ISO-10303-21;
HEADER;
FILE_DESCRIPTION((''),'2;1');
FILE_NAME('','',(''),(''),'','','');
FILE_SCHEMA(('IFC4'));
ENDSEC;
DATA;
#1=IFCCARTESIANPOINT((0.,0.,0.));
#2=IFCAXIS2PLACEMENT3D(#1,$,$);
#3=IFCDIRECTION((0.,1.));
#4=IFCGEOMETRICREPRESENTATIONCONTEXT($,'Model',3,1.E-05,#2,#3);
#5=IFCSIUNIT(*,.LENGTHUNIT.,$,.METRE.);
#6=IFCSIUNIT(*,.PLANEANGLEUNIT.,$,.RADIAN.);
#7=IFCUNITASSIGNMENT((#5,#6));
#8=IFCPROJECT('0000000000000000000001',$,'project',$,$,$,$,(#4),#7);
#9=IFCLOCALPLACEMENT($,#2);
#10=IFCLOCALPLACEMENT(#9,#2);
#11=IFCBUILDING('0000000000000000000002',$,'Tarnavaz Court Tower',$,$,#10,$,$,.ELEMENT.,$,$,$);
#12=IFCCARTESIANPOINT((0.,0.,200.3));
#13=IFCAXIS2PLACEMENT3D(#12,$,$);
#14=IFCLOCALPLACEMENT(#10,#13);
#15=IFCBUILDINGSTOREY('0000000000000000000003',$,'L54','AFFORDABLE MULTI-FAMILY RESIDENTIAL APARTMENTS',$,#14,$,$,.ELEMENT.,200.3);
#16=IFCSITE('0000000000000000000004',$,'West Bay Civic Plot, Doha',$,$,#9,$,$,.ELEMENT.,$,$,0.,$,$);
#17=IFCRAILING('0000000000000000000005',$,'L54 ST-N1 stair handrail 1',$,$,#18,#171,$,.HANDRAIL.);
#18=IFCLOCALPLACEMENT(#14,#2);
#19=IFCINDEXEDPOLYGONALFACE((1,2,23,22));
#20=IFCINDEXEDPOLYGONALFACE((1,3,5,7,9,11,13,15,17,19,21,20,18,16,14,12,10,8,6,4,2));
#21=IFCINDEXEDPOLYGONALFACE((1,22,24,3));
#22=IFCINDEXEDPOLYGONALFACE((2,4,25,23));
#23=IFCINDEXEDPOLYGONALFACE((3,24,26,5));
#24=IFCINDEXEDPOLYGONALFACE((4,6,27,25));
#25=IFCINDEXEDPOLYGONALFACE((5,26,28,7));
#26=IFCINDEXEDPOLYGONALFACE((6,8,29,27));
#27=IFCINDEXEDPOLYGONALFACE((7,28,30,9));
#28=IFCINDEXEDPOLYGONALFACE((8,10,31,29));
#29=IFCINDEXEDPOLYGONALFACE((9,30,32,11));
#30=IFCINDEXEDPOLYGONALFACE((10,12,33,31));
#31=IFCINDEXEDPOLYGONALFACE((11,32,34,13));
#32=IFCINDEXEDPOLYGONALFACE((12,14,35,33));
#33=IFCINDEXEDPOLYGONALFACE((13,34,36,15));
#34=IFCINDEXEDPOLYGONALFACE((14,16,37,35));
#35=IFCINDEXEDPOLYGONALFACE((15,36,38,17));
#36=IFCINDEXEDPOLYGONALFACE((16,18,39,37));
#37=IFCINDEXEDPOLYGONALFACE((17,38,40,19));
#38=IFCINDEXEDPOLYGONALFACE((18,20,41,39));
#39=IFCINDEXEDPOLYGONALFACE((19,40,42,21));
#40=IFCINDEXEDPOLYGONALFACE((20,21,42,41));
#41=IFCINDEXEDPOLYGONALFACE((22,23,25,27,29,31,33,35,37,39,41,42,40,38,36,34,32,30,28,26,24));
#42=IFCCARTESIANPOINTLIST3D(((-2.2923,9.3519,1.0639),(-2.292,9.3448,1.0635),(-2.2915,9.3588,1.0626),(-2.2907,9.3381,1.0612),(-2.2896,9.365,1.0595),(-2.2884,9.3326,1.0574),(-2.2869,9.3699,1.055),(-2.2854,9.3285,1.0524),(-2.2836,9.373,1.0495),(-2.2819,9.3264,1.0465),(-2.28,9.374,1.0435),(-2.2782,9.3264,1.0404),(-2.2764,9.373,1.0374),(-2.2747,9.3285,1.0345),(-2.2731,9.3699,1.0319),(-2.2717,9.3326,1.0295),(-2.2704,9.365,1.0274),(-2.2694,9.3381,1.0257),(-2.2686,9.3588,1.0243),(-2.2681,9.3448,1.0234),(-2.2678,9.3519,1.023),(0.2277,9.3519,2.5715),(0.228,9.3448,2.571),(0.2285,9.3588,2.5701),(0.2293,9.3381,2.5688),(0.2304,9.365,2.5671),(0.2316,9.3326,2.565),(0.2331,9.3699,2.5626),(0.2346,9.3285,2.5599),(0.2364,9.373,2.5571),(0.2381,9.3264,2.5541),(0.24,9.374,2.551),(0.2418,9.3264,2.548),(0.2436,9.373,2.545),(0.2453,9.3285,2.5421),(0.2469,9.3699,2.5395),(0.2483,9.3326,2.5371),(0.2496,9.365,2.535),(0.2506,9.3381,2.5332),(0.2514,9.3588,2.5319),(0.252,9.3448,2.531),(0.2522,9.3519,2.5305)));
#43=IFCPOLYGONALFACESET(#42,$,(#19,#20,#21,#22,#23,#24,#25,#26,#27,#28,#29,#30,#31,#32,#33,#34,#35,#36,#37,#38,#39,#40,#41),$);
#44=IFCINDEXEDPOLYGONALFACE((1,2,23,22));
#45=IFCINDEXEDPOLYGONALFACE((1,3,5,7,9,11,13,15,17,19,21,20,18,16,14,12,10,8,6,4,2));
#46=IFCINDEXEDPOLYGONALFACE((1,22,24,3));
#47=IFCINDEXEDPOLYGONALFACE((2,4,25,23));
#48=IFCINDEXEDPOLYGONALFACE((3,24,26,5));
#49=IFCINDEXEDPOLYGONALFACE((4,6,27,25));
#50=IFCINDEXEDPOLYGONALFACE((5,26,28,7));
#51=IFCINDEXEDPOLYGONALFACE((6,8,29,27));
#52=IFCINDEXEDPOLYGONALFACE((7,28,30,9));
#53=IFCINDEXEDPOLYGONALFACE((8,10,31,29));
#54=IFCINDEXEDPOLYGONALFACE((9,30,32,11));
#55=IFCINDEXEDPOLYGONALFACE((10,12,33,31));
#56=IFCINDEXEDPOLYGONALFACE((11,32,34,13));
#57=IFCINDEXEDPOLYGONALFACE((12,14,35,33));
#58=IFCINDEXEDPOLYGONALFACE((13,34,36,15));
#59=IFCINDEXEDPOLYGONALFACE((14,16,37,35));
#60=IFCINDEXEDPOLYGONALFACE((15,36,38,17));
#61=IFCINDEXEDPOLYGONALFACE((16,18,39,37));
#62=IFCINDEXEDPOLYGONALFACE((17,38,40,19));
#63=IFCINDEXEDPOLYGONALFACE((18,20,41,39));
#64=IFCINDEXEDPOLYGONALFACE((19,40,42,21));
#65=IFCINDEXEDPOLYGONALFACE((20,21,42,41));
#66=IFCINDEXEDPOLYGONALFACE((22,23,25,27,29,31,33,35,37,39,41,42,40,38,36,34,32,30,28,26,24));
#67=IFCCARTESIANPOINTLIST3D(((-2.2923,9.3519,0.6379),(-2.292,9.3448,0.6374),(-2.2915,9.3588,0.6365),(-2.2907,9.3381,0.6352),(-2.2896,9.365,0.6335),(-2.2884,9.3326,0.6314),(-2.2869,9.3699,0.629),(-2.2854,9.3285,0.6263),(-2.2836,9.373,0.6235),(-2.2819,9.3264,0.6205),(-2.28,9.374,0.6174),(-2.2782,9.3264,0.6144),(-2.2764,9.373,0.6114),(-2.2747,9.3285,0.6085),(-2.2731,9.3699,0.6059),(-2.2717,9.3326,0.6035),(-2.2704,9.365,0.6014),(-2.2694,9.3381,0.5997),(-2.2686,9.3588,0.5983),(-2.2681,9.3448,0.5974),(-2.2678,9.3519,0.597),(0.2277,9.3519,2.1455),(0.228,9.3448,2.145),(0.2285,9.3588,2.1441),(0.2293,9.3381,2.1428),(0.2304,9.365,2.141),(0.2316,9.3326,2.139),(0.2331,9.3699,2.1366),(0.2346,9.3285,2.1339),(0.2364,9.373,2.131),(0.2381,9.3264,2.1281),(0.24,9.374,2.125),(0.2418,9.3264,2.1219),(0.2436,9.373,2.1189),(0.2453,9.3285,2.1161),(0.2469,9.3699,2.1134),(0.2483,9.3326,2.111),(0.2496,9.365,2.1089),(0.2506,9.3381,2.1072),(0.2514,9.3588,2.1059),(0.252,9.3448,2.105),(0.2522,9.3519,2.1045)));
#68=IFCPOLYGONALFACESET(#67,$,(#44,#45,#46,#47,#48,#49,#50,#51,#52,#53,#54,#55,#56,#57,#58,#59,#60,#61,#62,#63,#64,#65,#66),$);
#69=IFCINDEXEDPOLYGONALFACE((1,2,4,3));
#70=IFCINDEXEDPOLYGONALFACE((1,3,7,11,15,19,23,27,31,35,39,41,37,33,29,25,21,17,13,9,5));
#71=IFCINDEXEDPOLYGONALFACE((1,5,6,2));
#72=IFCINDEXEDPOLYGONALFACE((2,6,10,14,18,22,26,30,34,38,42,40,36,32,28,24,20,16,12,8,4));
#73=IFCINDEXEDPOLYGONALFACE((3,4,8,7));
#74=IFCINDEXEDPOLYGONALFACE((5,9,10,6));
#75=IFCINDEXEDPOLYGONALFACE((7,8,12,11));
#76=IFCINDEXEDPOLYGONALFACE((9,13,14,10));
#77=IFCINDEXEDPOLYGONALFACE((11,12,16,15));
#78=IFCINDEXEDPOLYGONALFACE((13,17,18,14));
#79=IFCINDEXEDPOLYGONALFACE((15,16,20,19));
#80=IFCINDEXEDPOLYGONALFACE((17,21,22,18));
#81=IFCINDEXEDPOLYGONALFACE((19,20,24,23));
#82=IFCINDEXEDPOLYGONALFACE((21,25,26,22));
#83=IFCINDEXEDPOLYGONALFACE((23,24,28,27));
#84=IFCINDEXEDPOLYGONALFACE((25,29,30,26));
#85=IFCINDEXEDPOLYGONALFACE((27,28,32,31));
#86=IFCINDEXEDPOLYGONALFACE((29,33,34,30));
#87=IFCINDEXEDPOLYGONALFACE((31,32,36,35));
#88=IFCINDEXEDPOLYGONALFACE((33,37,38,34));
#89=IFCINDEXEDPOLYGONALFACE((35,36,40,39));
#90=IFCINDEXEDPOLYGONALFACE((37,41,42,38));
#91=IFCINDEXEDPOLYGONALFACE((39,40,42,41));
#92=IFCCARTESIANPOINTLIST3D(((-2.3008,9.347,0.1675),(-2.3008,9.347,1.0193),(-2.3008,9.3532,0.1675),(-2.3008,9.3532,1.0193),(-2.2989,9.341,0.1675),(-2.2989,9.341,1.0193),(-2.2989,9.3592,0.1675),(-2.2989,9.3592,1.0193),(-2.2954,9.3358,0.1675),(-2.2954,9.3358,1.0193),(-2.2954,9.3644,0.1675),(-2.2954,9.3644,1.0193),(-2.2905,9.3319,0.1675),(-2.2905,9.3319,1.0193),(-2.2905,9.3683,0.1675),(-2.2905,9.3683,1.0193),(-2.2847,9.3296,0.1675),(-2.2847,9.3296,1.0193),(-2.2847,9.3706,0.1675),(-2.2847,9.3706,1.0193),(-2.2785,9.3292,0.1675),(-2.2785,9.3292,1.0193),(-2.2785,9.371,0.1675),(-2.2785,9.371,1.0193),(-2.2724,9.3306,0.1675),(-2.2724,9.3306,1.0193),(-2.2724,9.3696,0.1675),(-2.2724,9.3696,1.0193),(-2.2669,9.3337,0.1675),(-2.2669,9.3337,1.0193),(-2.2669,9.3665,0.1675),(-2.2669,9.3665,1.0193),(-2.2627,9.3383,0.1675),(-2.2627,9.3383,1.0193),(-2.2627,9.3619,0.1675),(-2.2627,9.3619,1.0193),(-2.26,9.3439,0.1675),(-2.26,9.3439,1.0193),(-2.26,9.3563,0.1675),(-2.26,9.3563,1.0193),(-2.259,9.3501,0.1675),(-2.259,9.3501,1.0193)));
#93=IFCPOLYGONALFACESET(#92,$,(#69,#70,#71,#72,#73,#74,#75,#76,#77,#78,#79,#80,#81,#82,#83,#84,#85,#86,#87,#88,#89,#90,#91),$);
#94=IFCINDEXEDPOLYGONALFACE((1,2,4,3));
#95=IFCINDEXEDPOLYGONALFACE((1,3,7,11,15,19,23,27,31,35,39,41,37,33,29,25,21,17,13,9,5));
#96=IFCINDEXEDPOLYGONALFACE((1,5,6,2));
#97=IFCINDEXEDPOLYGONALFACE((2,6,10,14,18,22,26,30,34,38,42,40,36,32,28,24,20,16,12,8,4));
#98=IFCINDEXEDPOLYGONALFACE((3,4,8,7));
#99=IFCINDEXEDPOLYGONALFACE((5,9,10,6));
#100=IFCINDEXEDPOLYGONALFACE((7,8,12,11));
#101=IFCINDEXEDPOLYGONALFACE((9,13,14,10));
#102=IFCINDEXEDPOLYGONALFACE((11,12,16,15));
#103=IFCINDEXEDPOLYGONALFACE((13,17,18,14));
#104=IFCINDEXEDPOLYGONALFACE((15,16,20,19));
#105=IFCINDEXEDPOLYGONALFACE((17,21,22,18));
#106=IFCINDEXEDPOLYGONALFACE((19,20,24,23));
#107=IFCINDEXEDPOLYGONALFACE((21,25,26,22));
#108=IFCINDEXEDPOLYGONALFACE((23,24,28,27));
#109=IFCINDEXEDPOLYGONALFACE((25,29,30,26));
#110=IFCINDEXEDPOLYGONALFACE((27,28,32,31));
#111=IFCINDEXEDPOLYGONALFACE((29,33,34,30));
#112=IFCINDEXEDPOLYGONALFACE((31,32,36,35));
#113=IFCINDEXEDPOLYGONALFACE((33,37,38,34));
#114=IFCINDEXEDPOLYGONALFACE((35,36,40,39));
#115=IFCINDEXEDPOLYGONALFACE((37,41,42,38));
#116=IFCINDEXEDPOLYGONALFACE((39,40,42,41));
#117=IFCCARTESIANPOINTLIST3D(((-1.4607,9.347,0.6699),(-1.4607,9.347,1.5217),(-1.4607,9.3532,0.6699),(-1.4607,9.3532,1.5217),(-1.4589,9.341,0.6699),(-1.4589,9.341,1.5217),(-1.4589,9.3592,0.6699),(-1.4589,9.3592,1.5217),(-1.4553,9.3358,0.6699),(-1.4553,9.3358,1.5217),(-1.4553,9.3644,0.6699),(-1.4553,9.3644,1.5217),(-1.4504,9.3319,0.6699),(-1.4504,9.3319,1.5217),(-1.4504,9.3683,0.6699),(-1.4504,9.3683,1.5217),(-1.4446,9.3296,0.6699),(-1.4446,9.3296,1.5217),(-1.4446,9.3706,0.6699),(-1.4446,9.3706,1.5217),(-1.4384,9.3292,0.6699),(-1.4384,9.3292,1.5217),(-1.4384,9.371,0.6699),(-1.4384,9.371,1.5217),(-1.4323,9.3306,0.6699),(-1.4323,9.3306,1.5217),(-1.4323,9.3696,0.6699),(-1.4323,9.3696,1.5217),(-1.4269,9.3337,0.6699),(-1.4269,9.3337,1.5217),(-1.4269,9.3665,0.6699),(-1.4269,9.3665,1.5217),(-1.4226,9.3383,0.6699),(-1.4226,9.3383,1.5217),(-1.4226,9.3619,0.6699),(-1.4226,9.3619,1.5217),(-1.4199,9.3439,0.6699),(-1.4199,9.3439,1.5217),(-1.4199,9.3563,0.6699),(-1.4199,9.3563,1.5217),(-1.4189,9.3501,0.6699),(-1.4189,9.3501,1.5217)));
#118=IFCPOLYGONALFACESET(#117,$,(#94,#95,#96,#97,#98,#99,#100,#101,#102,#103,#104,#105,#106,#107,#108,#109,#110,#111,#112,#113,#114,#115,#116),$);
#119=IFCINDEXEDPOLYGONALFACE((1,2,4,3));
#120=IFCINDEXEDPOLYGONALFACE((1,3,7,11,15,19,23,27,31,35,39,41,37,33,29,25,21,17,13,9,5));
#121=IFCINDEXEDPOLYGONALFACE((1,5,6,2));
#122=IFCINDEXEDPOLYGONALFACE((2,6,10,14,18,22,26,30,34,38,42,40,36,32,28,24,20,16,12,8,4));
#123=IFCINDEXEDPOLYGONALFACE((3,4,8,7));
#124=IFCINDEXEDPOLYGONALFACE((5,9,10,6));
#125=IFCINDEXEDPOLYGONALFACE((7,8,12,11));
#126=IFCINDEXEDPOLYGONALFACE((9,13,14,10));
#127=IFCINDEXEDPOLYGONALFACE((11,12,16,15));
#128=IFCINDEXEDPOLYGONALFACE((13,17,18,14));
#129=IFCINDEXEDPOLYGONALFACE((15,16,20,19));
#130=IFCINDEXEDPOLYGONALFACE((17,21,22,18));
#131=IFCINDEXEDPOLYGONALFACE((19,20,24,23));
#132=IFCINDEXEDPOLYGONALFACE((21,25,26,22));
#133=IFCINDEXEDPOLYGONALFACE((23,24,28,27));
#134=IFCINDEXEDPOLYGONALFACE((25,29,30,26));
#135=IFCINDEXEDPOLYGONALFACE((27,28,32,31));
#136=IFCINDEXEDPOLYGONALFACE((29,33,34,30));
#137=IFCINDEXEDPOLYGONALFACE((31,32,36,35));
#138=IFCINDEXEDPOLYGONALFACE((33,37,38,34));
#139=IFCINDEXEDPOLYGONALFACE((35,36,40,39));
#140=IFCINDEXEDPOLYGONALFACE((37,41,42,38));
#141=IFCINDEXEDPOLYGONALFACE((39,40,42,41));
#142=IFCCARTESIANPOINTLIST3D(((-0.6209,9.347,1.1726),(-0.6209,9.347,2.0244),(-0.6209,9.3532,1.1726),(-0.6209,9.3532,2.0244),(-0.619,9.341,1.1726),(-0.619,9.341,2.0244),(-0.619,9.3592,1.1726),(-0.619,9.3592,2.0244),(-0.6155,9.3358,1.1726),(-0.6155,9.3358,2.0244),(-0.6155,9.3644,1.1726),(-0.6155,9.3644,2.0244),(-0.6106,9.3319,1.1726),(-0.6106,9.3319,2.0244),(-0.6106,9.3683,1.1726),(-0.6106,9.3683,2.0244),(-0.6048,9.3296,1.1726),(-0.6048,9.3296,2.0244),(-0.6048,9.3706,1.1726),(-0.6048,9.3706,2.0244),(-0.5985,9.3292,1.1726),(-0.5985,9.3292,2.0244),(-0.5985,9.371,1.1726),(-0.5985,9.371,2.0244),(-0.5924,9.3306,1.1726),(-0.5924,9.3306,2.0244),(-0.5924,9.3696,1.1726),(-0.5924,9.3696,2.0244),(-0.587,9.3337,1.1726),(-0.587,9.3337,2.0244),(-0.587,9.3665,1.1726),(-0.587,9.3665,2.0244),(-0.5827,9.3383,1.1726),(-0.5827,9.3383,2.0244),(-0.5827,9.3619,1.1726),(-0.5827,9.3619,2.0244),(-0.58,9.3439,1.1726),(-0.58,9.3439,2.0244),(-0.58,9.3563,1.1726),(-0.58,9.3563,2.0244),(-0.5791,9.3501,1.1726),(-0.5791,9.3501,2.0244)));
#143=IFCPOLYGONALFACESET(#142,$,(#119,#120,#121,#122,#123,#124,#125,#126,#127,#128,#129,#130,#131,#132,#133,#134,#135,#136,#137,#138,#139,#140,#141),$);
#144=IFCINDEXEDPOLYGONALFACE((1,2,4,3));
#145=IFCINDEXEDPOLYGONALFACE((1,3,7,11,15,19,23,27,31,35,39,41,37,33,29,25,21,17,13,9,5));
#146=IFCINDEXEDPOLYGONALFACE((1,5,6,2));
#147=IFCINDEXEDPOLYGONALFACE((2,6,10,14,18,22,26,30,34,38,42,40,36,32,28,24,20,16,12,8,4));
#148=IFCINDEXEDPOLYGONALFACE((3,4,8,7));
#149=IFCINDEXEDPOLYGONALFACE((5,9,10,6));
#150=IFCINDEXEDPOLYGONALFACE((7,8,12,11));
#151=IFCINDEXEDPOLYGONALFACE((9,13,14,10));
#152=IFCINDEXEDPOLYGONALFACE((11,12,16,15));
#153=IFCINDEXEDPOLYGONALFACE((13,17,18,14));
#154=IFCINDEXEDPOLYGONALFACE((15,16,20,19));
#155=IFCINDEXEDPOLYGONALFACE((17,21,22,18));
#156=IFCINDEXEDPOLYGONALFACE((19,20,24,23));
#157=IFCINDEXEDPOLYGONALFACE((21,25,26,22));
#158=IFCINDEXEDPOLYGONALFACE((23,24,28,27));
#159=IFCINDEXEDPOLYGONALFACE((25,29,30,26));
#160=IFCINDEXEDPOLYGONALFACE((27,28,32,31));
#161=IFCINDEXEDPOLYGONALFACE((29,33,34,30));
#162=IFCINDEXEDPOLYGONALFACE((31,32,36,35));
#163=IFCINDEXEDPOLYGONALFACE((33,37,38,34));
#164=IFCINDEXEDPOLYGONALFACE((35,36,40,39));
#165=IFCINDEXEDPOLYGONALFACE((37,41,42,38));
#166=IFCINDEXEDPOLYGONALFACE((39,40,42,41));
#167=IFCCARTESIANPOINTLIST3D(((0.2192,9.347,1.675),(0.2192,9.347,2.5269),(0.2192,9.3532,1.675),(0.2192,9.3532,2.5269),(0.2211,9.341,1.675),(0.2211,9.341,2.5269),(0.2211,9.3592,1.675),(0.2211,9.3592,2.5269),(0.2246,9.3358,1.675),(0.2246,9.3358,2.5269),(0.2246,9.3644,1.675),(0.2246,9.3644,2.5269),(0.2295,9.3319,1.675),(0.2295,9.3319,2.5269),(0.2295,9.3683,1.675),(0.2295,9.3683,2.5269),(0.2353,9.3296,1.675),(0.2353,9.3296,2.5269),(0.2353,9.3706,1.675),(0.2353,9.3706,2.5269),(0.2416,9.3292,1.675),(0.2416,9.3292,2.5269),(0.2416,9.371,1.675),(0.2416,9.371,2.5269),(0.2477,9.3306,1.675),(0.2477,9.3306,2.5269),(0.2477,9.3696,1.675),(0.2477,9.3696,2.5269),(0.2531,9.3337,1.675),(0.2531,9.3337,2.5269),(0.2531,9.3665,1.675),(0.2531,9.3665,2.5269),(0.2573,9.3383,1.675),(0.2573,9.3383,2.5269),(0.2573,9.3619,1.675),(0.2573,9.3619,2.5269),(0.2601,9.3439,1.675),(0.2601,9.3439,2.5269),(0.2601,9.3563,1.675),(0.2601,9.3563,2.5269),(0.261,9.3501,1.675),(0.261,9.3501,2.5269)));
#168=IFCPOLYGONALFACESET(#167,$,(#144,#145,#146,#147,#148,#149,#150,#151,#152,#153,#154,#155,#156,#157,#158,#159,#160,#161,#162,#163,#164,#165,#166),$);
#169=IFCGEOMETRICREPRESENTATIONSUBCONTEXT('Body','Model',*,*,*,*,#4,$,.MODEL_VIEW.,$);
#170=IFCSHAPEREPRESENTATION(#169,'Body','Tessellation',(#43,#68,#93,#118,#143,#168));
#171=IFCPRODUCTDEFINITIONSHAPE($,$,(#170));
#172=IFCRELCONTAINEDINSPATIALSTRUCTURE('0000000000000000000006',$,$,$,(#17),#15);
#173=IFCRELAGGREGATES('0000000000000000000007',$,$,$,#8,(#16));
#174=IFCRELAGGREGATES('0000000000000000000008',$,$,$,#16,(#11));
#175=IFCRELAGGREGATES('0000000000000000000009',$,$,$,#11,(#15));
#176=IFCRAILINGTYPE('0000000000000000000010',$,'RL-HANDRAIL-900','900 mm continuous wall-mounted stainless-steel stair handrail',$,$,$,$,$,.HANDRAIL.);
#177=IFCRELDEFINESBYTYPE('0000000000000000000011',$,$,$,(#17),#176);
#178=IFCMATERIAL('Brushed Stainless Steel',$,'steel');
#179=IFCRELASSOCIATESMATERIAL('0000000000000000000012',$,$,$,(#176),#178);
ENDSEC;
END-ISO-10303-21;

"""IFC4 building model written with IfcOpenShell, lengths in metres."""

from ifc_helpers import new_model, si_unit, direction, frame, origin, origin_2d, place, context, subcontext, project, spatial, circle, extrude, material, type_object, element, save


model = new_model("IFC4")

# Units and contexts
model_context = context("Model", 3, precision=1e-05, world=origin(), true_north=direction((0.0, 1.0)))
body_context = subcontext(model_context, "Body", "Model", "MODEL_VIEW")
ifc_project = project(units=[si_unit("LENGTHUNIT", "METRE"), si_unit("PLANEANGLEUNIT", "RADIAN")], contexts=[model_context])

# Site, building, storey
site_placement = place(None, origin())
site = spatial("IfcSite", under=ifc_project, at=site_placement, Name="West Bay Civic Plot, Doha", CompositionType="ELEMENT", RefElevation=0.0)
building_placement = place(site_placement, origin())
building = spatial("IfcBuilding", under=site, at=building_placement, Name="Tarnavaz Court Tower", CompositionType="ELEMENT")
storey_placement = place(building_placement, frame((0.0, 0.0, 200.3)))
storey = spatial("IfcBuildingStorey", under=building, at=storey_placement, Name="L54", Description="AFFORDABLE MULTI-FAMILY RESIDENTIAL APARTMENTS", CompositionType="ELEMENT", Elevation=200.3)

# Railing
ifc_material_1 = material(Name="Brushed Stainless Steel", Category="steel")
railing_type_1 = type_object("IfcRailingType", Name="RL-HANDRAIL-900", Description="900 mm continuous wall-mounted stainless-steel stair handrail", PredefinedType="HANDRAIL", material=ifc_material_1)
railing_1_placement = place(storey_placement, frame((-2.28, 9.3501, 0.1675)))
element("IfcRailing", 1, at=railing_1_placement, inside=storey, type_object=railing_type_1, Name="L54 ST-N1 stair handrail 1", PredefinedType="HANDRAIL", context=body_context, shape_type="SweptSolid", body=[
    extrude(circle(Radius=0.0239, at=origin_2d()), frame((0.0, 0.0, 0.876), z_axis=(0.85816, 0.0, 0.513383), x_axis=(0.0, 1.0, 0.0)), (0.0, 0.0, 1.0), 2.9365),
    extrude(circle(Radius=0.0239, at=origin_2d()), frame((0.0, 0.0, 0.45), z_axis=(0.85816, 0.0, 0.513383), x_axis=(0.0, 1.0, 0.0)), (0.0, 0.0, 1.0), 2.9365),
    extrude(circle(Radius=0.021, at=origin_2d()), origin(), (0.0, 0.0, 1.0), 0.8518),
    extrude(circle(Radius=0.021, at=origin_2d()), frame((0.8401, 0.0, 0.5024)), (0.0, 0.0, 1.0), 0.8518),
    extrude(circle(Radius=0.021, at=origin_2d()), frame((1.6799, 0.0, 1.0051)), (0.0, 0.0, 1.0), 0.8518),
    extrude(circle(Radius=0.021, at=origin_2d()), frame((2.52, 0.0, 1.5076)), (0.0, 0.0, 1.0), 0.8518),
])

save(model, "model.ifc")
